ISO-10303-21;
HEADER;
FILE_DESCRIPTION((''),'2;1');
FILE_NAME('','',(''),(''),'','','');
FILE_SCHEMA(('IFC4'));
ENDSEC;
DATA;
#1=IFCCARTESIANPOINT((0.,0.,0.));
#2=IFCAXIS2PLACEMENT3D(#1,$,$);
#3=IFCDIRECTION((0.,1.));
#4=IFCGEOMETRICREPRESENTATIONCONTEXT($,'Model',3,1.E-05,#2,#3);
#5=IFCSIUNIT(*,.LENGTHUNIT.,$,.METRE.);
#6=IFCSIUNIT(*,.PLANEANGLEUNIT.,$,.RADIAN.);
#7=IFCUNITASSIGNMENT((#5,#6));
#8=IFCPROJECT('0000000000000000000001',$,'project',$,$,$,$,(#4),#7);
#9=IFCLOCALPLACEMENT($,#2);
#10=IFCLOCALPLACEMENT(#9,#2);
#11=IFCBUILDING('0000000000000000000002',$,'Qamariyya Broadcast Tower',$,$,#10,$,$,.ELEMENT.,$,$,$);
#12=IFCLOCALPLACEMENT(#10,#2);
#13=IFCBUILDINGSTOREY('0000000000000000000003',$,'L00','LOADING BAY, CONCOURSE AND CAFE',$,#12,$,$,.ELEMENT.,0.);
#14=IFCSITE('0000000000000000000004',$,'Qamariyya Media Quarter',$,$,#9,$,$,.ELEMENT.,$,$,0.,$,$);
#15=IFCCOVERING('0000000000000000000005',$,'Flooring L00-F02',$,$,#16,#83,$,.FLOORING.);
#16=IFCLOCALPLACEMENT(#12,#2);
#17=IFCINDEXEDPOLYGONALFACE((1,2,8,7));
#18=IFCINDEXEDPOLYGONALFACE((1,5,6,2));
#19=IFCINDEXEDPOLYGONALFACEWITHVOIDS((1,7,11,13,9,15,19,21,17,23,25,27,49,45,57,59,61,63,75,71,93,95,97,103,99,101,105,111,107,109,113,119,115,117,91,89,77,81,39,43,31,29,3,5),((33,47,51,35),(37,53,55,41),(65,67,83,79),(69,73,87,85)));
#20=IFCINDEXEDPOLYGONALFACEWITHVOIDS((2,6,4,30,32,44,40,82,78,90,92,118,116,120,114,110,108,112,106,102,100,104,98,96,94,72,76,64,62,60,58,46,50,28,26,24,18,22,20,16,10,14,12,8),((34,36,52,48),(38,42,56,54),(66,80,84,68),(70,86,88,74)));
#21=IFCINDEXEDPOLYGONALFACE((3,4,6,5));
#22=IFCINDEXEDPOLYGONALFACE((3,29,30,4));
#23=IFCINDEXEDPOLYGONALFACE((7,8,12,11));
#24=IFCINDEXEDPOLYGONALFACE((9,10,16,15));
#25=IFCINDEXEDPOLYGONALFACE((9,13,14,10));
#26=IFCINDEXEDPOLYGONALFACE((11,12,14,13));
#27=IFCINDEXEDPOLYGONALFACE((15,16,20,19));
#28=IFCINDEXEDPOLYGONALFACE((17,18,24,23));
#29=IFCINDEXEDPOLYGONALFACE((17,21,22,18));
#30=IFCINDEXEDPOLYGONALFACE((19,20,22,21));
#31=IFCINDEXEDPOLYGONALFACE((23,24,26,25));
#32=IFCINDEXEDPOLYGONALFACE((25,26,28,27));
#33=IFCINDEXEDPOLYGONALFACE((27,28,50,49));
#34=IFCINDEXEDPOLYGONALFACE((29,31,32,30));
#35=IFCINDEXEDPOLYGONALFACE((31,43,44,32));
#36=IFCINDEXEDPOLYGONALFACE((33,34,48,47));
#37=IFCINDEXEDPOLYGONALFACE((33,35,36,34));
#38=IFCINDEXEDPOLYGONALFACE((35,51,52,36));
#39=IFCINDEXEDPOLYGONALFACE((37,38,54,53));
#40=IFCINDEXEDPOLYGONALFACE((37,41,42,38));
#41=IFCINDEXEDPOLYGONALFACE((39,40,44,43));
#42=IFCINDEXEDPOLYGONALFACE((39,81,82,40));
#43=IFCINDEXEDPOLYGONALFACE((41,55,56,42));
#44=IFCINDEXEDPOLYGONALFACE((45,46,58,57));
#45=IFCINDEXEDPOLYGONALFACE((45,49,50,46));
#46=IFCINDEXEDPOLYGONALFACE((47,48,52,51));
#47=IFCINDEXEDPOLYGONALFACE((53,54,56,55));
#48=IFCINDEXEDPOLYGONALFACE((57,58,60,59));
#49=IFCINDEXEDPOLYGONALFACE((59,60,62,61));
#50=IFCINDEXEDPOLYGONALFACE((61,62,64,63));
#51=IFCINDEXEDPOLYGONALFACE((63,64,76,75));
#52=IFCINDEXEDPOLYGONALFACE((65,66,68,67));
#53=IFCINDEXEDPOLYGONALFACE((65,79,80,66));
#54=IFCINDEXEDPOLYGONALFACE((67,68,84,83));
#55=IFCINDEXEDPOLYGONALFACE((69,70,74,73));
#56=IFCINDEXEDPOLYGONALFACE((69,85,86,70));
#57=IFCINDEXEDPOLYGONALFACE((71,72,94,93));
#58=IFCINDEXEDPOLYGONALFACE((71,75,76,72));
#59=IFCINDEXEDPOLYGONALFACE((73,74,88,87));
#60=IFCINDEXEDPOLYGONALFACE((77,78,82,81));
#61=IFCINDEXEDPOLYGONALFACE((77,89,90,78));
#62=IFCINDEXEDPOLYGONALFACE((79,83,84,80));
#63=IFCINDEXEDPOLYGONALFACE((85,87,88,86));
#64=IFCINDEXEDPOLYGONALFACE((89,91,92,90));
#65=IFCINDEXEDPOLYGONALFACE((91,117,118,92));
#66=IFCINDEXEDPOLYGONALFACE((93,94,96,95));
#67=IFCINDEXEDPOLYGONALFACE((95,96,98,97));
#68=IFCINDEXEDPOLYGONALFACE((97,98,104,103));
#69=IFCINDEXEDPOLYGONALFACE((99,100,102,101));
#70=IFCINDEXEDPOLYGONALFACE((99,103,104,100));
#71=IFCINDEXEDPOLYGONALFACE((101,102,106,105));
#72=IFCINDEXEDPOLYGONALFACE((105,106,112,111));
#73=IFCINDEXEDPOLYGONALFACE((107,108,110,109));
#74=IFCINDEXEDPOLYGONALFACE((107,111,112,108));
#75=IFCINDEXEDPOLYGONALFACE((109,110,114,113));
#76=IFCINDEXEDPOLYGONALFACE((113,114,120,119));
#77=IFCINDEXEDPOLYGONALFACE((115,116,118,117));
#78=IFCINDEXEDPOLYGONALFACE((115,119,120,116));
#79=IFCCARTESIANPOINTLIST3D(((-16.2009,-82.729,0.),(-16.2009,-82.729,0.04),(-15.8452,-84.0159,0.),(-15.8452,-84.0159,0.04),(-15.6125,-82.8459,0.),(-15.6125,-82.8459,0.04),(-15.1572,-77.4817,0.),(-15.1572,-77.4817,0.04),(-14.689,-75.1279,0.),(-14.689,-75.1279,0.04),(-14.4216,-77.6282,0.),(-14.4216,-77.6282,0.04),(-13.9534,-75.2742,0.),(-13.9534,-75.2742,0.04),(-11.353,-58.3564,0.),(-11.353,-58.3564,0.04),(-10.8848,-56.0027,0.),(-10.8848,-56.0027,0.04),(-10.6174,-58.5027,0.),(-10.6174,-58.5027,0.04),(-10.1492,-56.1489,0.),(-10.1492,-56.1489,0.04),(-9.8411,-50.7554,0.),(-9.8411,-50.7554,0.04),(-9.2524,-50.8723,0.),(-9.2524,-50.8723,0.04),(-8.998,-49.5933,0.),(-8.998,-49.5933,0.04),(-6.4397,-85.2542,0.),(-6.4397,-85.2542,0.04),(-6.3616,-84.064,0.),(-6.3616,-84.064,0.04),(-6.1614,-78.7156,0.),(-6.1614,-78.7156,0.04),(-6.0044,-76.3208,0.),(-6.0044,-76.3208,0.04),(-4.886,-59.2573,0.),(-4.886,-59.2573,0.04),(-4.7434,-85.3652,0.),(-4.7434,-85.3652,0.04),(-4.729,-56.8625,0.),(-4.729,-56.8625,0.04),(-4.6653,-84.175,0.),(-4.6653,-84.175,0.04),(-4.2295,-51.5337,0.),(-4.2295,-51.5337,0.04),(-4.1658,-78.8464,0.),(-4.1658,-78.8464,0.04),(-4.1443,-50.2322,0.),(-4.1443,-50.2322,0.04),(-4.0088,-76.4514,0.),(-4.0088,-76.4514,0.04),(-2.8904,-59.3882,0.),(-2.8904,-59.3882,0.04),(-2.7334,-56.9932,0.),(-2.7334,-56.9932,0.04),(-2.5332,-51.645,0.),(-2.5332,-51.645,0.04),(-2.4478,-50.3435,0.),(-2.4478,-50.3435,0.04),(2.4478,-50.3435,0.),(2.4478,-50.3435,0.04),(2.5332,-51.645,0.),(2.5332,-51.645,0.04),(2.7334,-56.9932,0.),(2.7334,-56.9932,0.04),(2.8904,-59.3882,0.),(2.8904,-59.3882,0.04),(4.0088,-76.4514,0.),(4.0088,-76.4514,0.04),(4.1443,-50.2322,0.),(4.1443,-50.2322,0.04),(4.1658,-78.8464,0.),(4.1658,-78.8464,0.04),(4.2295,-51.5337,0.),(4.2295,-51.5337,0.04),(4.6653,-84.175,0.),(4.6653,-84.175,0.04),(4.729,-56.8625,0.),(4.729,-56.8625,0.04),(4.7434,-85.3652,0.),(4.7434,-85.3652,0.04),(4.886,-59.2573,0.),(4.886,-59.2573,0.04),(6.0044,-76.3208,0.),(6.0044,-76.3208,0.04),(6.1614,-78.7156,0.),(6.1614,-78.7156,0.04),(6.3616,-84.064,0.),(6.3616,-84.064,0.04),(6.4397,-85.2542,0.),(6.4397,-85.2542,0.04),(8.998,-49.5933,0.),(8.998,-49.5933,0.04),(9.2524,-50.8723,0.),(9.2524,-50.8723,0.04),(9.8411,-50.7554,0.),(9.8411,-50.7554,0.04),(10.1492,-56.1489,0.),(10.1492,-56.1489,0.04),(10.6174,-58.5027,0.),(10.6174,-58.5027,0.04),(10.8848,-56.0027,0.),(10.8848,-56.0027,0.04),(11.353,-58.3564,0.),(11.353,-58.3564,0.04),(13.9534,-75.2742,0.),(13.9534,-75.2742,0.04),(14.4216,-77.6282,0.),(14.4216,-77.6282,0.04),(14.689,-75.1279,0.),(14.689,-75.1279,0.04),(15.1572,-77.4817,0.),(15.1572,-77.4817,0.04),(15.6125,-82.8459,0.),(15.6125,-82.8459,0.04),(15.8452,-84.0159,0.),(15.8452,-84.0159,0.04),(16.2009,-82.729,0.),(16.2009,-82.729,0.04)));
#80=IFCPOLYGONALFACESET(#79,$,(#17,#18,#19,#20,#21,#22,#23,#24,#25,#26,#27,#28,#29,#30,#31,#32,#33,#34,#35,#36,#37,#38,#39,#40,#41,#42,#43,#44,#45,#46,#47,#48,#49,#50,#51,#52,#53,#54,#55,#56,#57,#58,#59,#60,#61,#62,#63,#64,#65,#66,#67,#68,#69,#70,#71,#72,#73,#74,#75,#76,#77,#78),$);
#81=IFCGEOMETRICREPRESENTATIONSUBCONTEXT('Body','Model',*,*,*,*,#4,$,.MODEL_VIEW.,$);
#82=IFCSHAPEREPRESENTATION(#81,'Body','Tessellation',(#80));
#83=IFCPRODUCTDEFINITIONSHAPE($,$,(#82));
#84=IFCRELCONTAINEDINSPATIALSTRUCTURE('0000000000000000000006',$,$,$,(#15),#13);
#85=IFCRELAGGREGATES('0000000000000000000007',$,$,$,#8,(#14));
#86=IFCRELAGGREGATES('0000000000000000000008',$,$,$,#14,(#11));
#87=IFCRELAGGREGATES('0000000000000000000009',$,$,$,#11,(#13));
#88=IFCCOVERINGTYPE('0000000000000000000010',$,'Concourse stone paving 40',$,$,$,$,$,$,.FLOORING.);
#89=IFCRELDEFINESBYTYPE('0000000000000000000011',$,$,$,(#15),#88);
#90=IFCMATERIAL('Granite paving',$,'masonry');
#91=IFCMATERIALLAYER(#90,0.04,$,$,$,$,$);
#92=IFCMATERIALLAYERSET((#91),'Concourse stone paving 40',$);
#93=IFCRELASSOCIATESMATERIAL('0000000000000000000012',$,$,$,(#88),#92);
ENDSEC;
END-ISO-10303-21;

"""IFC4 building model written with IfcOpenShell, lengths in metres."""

from ifc_helpers import new_model, si_unit, direction, origin, place, context, subcontext, project, spatial, polyline, outline, extrude, material, layer, layer_set, type_object, element, save


model = new_model("IFC4")

# Units and contexts
model_context = context("Model", 3, precision=1e-05, world=origin(), true_north=direction((0.0, 1.0)))
body_context = subcontext(model_context, "Body", "Model", "MODEL_VIEW")
ifc_project = project(units=[si_unit("LENGTHUNIT", "METRE"), si_unit("PLANEANGLEUNIT", "RADIAN")], contexts=[model_context])

# Site, building, storey
site_placement = place(None, origin())
site = spatial("IfcSite", under=ifc_project, at=site_placement, Name="Qamariyya Media Quarter", CompositionType="ELEMENT", RefElevation=0.0)
building_placement = place(site_placement, origin())
building = spatial("IfcBuilding", under=site, at=building_placement, Name="Qamariyya Broadcast Tower", CompositionType="ELEMENT")
storey_placement = place(building_placement, origin())
storey = spatial("IfcBuildingStorey", under=building, at=storey_placement, Name="L00", Description="LOADING BAY, CONCOURSE AND CAFE", CompositionType="ELEMENT", Elevation=0.0)

# Covering
ifc_material_1 = material(Name="Granite paving", Category="masonry")
ifc_layer_1 = layer(ifc_material_1, 0.04)
ifc_layer_set_1 = layer_set([ifc_layer_1], Name="Concourse stone paving 40")
covering_type = type_object("IfcCoveringType", Name="Concourse stone paving 40", PredefinedType="FLOORING", material=ifc_layer_set_1)
covering_placement = place(storey_placement, origin())
element("IfcCovering", 1, at=covering_placement, inside=storey, type_object=covering_type, Name="Flooring L00-F02", PredefinedType="FLOORING", context=body_context, shape_type="SweptSolid", body=[
    extrude(outline(polyline([(-11.353, -58.3564), (-10.6174, -58.5027), (-10.1492, -56.1489), (-10.8848, -56.0027), (-9.8411, -50.7554), (-9.2524, -50.8723), (-8.998, -49.5933), (-4.1443, -50.2322), (-4.2295, -51.5337), (-2.5332, -51.645), (-2.4478, -50.3435), (2.4478, -50.3435), (2.5332, -51.645), (4.2295, -51.5337), (4.1443, -50.2322), (8.998, -49.5933), (9.2524, -50.8723), (9.8411, -50.7554), (10.8848, -56.0027), (10.1492, -56.1489), (10.6174, -58.5027), (11.353, -58.3564), (14.689, -75.1279), (13.9534, -75.2742), (14.4216, -77.6282), (15.1572, -77.4817), (16.2009, -82.729), (15.6125, -82.8459), (15.8452, -84.0159), (6.4397, -85.2542), (6.3616, -84.064), (4.6653, -84.175), (4.7434, -85.3652), (-4.7434, -85.3652), (-4.6653, -84.175), (-6.3616, -84.064), (-6.4397, -85.2542), (-15.8452, -84.0159), (-15.6125, -82.8459), (-16.2009, -82.729), (-15.1572, -77.4817), (-14.4216, -77.6282), (-13.9534, -75.2742), (-14.689, -75.1279), (-11.353, -58.3564)]), holes=[polyline([(4.1658, -78.8464), (6.1614, -78.7156), (6.0044, -76.3208), (4.0088, -76.4514), (4.1658, -78.8464)]), polyline([(2.7334, -56.9932), (2.8904, -59.3882), (4.886, -59.2573), (4.729, -56.8625), (2.7334, -56.9932)]), polyline([(-4.729, -56.8625), (-4.886, -59.2573), (-2.8904, -59.3882), (-2.7334, -56.9932), (-4.729, -56.8625)]), polyline([(-6.0044, -76.3208), (-6.1614, -78.7156), (-4.1658, -78.8464), (-4.0088, -76.4514), (-6.0044, -76.3208)])]), origin(), (0.0, 0.0, 1.0), 0.04),
])

save(model, "model.ifc")
